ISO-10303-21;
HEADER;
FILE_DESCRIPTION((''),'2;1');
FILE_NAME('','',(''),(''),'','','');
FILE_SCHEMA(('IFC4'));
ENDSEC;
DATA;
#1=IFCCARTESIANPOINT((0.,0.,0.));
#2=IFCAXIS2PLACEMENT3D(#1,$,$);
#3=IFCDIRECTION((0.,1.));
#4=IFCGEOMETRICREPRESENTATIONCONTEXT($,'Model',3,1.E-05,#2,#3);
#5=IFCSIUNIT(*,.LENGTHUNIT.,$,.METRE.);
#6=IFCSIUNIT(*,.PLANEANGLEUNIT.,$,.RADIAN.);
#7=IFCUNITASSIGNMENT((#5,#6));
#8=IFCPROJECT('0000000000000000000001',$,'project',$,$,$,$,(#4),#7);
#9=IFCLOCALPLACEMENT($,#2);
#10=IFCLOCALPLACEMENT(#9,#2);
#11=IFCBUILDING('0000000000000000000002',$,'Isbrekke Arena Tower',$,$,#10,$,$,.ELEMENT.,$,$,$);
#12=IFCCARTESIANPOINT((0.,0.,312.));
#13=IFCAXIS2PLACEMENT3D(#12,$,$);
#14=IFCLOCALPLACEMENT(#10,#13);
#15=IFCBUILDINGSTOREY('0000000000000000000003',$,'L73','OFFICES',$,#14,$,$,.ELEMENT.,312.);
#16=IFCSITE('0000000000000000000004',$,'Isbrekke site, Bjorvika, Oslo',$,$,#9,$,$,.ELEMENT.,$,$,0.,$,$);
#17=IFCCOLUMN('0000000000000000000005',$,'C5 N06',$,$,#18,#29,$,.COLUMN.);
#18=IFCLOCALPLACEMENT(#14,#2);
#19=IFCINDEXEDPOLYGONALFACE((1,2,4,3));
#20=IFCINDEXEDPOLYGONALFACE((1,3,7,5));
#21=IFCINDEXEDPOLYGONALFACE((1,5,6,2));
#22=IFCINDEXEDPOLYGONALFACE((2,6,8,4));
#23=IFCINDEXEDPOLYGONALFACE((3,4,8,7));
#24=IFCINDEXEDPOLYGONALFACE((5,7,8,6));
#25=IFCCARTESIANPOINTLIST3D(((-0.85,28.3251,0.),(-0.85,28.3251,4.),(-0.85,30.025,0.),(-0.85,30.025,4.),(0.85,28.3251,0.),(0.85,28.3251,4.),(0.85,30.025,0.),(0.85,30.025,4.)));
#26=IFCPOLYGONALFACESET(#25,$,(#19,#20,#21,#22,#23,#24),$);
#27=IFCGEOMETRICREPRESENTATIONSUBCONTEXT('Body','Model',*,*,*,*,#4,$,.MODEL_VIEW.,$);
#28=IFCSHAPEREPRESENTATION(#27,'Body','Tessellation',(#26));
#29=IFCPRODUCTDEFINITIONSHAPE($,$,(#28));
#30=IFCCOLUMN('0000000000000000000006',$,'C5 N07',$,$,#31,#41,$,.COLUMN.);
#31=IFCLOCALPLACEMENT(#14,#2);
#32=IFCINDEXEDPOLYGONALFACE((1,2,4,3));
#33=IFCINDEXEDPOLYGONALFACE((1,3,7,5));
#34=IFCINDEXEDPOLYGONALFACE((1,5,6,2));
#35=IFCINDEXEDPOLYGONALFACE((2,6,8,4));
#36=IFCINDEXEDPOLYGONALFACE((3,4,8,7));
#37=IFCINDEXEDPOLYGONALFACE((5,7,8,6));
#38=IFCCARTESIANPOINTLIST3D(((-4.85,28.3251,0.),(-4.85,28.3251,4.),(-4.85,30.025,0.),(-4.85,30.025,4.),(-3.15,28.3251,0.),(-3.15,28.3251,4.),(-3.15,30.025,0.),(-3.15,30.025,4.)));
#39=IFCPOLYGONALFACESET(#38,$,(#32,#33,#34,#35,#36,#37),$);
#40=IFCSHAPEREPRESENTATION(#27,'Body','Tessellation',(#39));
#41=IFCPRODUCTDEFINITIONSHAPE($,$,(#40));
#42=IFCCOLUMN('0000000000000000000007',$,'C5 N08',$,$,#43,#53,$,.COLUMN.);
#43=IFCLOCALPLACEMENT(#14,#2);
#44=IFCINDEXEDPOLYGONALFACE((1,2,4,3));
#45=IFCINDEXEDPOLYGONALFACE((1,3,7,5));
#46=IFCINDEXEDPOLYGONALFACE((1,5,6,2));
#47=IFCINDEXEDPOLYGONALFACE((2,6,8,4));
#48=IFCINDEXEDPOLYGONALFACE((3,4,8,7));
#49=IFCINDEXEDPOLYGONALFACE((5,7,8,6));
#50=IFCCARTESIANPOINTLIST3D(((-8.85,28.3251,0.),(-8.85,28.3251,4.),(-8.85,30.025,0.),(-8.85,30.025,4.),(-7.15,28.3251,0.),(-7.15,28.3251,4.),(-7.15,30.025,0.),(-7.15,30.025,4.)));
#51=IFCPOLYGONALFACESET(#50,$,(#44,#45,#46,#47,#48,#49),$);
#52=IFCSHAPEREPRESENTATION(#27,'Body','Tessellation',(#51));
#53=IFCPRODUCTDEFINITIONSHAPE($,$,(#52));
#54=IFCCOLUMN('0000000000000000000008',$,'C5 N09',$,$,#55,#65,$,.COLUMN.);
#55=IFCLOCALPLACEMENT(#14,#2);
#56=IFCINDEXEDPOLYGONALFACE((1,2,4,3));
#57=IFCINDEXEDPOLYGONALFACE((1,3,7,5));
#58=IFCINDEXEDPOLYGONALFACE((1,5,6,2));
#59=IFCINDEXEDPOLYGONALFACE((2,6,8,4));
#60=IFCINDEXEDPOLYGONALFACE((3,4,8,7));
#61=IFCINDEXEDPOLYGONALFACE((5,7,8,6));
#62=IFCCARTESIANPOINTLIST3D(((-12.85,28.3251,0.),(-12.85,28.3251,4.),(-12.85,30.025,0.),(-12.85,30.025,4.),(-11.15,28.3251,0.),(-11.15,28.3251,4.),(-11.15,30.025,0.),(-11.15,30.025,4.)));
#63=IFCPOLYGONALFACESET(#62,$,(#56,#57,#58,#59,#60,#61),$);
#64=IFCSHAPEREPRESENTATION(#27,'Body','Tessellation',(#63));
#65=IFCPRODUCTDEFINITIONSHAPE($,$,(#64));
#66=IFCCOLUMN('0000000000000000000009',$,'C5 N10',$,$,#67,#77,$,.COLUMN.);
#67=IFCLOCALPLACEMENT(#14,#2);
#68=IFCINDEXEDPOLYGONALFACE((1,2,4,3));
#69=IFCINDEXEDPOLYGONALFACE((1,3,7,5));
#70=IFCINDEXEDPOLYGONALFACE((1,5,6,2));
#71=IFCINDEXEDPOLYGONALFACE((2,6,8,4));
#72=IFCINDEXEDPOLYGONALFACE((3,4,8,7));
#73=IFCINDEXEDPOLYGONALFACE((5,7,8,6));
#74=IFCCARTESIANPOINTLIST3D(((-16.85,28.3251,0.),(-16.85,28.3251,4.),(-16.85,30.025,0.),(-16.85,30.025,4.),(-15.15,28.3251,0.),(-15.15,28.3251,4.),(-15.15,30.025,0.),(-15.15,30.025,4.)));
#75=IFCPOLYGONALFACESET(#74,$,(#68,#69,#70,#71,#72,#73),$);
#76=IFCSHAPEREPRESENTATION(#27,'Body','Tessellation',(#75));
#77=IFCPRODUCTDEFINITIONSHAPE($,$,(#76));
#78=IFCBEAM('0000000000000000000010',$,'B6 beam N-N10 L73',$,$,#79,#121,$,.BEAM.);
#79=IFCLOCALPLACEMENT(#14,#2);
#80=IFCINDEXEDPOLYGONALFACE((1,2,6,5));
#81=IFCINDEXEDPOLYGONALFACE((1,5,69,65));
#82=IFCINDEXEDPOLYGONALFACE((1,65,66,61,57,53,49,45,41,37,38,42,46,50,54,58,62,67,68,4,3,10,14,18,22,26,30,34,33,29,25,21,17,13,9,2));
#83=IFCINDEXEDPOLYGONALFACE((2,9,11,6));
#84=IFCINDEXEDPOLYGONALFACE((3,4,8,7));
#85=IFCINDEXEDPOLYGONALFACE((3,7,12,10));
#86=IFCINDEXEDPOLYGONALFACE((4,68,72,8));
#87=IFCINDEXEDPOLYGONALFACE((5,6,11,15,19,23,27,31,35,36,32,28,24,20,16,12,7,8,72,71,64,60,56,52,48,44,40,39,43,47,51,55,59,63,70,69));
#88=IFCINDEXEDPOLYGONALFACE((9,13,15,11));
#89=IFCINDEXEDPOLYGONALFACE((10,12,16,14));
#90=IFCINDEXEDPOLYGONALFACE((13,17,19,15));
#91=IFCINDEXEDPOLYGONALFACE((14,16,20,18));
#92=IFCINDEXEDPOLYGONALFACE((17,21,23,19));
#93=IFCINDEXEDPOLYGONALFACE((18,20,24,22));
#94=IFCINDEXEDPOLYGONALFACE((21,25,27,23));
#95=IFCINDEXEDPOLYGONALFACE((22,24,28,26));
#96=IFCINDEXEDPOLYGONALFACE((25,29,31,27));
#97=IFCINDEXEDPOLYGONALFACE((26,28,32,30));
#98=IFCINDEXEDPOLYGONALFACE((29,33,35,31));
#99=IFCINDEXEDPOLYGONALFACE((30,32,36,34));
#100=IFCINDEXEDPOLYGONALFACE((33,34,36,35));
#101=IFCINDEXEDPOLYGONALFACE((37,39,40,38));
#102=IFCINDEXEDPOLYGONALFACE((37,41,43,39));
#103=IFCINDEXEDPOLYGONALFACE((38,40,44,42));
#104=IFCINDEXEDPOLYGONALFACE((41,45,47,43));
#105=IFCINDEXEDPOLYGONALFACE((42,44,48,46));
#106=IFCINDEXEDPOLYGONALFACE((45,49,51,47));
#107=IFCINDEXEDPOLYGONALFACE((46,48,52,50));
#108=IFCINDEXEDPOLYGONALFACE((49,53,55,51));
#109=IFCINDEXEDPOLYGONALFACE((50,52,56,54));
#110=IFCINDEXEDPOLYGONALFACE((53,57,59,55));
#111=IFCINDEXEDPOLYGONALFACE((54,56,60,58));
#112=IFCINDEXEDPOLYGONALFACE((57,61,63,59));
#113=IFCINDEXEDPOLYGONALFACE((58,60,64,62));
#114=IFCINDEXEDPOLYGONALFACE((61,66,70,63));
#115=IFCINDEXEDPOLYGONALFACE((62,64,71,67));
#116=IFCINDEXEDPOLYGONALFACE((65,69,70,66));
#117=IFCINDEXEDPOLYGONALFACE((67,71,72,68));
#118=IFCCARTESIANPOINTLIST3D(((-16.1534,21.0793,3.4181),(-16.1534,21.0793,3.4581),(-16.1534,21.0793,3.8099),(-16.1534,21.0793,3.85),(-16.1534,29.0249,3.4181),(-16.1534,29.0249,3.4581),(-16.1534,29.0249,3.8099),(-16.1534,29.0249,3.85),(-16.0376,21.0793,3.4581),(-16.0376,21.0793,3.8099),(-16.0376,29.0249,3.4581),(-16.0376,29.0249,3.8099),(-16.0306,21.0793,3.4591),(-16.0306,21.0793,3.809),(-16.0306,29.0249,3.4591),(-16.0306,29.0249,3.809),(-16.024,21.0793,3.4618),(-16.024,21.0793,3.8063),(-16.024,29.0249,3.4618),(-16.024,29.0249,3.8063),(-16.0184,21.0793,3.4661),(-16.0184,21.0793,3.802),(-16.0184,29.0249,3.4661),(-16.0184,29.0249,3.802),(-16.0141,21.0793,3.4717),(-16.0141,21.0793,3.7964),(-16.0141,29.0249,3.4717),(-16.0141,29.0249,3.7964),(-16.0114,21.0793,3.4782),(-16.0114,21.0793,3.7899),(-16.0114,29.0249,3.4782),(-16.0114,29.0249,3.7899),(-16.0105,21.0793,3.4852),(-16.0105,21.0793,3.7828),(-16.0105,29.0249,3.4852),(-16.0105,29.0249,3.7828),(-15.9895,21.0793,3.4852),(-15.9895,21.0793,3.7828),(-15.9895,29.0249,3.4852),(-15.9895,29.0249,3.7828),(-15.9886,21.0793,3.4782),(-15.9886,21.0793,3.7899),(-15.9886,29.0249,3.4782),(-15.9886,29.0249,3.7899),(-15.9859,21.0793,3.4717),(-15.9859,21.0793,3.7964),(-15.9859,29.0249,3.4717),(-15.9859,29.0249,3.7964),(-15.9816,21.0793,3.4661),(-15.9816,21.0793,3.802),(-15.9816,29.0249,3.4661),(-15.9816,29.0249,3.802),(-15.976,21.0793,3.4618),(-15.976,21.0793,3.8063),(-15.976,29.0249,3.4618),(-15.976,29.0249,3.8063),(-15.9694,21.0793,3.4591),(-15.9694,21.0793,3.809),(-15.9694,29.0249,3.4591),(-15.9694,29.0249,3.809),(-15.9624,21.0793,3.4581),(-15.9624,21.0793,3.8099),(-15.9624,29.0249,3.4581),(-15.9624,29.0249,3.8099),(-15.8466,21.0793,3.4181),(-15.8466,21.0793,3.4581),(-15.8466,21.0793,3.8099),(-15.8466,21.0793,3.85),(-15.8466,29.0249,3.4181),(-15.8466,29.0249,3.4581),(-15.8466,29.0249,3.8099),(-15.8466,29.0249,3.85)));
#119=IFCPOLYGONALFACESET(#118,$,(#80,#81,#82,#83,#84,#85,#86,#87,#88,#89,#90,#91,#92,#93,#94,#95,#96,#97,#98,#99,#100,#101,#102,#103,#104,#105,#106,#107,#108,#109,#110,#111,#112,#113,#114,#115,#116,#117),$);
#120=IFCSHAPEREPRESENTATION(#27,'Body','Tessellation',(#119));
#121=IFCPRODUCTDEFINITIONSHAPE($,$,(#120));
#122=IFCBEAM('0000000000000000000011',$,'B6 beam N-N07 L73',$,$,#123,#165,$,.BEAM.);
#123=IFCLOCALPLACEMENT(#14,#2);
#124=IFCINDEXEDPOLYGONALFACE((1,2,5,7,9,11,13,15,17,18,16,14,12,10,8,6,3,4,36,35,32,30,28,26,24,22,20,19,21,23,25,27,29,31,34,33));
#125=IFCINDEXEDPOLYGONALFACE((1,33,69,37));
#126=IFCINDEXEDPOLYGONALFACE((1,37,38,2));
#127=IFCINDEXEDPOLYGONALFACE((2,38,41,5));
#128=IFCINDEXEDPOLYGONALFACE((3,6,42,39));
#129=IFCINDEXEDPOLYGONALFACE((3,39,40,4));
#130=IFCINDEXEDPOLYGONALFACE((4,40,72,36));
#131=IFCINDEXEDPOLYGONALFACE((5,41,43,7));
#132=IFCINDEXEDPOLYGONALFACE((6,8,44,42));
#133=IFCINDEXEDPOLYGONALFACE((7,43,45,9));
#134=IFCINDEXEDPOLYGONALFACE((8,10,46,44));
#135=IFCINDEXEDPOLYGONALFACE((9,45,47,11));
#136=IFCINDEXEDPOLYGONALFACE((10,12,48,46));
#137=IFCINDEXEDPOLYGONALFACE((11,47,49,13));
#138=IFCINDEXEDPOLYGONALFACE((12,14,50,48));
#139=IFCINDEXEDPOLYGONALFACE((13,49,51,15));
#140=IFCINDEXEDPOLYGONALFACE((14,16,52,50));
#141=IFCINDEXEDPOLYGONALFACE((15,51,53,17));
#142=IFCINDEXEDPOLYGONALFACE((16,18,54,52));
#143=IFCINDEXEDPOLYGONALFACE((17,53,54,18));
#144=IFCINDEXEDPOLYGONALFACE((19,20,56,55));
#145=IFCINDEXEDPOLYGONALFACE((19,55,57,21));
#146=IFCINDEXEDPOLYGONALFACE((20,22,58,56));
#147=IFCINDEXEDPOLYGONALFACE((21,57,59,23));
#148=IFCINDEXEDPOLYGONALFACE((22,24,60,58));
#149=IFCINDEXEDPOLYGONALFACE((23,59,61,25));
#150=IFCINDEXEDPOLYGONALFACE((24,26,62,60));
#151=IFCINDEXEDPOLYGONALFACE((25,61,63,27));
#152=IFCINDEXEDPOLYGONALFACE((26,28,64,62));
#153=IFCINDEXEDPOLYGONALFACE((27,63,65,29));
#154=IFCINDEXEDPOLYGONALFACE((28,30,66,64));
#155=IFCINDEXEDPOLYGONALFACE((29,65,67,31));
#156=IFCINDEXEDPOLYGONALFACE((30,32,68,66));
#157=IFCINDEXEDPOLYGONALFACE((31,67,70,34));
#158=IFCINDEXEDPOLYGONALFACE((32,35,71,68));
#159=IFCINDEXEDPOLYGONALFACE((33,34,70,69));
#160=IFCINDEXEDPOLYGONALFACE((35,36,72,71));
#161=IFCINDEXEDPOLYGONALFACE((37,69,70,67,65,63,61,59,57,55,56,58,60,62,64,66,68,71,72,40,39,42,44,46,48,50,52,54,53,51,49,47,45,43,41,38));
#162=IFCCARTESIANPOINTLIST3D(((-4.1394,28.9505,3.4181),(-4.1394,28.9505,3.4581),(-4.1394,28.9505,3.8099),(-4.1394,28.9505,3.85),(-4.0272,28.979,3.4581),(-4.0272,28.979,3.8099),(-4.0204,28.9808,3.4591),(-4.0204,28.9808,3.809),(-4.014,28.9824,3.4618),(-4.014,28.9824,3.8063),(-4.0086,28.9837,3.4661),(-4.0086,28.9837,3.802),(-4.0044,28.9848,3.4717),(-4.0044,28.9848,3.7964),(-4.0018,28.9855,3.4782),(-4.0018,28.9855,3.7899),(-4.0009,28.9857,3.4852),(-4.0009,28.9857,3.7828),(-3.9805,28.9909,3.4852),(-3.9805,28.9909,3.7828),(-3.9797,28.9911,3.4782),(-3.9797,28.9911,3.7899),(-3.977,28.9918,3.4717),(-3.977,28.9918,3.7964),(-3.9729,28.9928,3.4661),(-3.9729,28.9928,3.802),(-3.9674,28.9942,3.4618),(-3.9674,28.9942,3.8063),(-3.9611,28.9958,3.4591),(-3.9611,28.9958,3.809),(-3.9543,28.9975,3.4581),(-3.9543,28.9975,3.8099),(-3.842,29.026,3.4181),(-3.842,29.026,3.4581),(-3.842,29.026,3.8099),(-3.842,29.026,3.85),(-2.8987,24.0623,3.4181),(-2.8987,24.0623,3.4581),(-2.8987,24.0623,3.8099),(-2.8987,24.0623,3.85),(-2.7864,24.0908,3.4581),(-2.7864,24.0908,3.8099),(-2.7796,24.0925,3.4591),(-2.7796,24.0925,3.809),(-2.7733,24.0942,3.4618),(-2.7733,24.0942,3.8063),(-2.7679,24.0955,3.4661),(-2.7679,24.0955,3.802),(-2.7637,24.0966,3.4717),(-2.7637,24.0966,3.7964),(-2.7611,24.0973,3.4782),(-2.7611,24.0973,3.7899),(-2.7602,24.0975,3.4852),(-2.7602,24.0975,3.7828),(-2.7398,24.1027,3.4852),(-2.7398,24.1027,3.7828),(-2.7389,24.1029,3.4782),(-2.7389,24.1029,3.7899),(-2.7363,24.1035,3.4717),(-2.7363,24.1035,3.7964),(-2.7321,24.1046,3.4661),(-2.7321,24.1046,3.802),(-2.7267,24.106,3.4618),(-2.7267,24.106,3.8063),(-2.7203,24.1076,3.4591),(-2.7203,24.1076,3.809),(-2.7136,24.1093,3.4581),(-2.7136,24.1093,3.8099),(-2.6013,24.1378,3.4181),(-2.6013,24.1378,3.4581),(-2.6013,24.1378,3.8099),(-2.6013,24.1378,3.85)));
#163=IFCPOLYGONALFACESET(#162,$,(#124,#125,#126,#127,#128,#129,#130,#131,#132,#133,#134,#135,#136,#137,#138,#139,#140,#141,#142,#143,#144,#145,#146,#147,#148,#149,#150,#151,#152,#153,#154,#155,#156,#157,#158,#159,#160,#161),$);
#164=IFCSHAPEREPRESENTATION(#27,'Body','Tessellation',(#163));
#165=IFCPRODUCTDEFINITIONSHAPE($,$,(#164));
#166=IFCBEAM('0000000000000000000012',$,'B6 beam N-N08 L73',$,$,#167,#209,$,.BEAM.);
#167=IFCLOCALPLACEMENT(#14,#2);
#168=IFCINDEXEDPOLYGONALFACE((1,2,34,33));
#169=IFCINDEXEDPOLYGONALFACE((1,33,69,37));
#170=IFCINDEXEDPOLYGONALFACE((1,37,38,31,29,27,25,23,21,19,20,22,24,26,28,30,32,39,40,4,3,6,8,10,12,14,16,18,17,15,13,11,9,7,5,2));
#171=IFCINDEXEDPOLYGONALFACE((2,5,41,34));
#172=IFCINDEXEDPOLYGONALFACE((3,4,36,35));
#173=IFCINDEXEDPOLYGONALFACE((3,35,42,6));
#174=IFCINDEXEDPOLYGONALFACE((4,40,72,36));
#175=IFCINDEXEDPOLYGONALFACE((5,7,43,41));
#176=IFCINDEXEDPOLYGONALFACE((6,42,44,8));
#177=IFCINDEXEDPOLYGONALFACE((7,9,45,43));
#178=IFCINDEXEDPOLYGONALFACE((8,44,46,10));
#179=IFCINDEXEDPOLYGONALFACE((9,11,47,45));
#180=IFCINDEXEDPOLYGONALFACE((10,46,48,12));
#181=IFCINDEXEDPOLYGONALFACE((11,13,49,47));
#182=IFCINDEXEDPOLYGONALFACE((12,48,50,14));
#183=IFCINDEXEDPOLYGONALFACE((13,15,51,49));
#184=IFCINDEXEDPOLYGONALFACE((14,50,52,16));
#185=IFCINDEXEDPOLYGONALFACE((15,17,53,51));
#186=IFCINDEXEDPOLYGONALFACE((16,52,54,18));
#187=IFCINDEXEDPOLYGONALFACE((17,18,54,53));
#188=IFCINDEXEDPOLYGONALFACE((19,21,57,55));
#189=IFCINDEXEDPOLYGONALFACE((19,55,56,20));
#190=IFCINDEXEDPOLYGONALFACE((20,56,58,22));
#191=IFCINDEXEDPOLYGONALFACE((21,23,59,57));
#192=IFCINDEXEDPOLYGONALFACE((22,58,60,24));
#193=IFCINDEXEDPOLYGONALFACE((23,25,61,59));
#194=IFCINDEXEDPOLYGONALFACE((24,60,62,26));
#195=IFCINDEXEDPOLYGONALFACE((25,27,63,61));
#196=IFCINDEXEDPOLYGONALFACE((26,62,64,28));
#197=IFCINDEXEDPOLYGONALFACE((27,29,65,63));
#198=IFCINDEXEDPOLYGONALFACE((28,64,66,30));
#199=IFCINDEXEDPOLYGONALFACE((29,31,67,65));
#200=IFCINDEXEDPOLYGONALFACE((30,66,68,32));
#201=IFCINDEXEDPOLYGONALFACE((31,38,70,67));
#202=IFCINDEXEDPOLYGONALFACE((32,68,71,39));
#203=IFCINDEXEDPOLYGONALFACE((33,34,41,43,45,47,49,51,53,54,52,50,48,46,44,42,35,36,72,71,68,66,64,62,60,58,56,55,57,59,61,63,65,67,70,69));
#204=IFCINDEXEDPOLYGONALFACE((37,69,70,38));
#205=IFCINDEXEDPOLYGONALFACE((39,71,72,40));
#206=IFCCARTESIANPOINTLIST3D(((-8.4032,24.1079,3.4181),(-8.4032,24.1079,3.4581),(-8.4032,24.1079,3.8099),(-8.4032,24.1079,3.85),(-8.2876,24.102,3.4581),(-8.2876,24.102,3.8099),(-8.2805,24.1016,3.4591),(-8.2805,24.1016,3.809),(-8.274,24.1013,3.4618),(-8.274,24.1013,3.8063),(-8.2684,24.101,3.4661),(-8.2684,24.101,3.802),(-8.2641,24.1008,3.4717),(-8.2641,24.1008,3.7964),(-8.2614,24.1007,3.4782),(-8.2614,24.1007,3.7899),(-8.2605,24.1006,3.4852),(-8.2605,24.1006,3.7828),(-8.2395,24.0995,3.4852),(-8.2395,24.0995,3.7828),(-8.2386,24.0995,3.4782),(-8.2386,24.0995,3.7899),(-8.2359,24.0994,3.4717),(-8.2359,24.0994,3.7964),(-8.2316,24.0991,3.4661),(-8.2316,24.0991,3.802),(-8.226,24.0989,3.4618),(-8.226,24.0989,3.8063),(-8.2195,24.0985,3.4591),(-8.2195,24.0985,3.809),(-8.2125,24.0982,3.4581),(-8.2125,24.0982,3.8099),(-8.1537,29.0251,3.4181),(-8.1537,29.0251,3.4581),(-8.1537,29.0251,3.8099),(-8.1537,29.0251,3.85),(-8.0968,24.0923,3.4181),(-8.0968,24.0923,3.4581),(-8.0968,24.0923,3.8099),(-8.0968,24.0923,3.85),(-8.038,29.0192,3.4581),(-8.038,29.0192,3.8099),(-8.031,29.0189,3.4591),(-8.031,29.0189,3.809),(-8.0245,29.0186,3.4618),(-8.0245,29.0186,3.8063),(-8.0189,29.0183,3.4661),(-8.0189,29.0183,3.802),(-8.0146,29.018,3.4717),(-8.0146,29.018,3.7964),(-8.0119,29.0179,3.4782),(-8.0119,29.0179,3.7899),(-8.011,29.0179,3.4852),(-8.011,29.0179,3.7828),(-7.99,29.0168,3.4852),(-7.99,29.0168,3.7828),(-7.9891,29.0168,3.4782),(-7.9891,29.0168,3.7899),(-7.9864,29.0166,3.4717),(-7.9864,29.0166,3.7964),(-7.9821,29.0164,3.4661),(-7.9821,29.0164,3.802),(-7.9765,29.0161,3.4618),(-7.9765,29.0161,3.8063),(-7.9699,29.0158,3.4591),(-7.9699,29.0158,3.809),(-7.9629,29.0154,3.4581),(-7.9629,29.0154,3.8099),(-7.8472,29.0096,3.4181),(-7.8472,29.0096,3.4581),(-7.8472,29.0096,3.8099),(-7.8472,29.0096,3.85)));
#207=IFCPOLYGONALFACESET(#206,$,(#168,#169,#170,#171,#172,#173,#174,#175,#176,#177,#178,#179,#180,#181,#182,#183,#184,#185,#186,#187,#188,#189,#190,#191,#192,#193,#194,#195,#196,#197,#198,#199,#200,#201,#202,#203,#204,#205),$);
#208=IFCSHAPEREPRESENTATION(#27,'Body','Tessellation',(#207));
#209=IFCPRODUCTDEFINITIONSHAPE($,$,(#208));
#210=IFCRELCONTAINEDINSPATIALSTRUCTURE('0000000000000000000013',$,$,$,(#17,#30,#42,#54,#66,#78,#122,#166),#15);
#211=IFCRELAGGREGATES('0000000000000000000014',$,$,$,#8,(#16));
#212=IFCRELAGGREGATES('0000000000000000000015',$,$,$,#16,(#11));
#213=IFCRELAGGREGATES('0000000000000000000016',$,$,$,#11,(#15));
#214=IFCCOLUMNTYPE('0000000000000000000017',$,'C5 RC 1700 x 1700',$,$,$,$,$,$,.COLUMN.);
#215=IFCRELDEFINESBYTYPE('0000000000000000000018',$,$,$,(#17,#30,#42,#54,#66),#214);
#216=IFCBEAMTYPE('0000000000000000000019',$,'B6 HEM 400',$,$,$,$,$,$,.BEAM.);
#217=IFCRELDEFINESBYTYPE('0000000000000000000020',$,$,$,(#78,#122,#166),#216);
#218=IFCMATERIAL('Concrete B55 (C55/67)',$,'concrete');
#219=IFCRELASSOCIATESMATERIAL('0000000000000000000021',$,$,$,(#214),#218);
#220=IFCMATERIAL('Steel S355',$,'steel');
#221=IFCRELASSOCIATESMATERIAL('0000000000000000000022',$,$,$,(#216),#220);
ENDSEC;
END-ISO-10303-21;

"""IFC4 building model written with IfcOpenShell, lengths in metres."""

from ifc_helpers import new_model, si_unit, direction, frame, origin, origin_2d, place, context, subcontext, project, spatial, rectangle, i_section, extrude, material, material_profile, profile_set, type_object, element, save


model = new_model("IFC4")

# Units and contexts
model_context = context("Model", 3, precision=1e-05, world=origin(), true_north=direction((0.0, 1.0)))
body_context = subcontext(model_context, "Body", "Model", "MODEL_VIEW")
ifc_project = project(units=[si_unit("LENGTHUNIT", "METRE"), si_unit("PLANEANGLEUNIT", "RADIAN")], contexts=[model_context])

# Site, building, storey
site_placement = place(None, origin())
site = spatial("IfcSite", under=ifc_project, at=site_placement, Name="Isbrekke site, Bjorvika, Oslo", CompositionType="ELEMENT", RefElevation=0.0)
building_placement = place(site_placement, origin())
building = spatial("IfcBuilding", under=site, at=building_placement, Name="Isbrekke Arena Tower", CompositionType="ELEMENT")
storey_placement = place(building_placement, frame((0.0, 0.0, 312.0)))
storey = spatial("IfcBuildingStorey", under=building, at=storey_placement, Name="L73", Description="OFFICES", CompositionType="ELEMENT", Elevation=312.0)

# Columns
ifc_material_1 = material(Name="Concrete B55 (C55/67)", Category="concrete")
ifc_material_profile_1 = material_profile(ifc_material_1, rectangle(XDim=1.7, YDim=1.7, at=origin_2d()), Name="RC 1700x1700")
ifc_profile_set_1 = profile_set([ifc_material_profile_1], Name="Concrete B55 (C55/67)")
column_type = type_object("IfcColumnType", Name="C5 RC 1700 x 1700", PredefinedType="COLUMN", material=ifc_profile_set_1)
for number, where, z_axis, x_axis, name in (
    (1, (0.0, 29.175, 0.0), (0.0, 0.0, 1.0), (-1.0, 0.0, 0.0), "C5 N06"),
    (2, (-4.0, 29.175, 0.0), (0.0, 0.0, 1.0), (-1.0, 0.0, 0.0), "C5 N07"),
    (3, (-8.0, 29.175, 0.0), (0.0, 0.0, 1.0), (-1.0, 0.0, 0.0), "C5 N08"),
    (4, (-12.0, 29.175, 0.0), (0.0, 0.0, 1.0), (-1.0, 0.0, 0.0), "C5 N09"),
    (5, (-16.0, 29.175, 0.0), (0.0, 0.0, 1.0), (-1.0, 0.0, 0.0), "C5 N10"),
):
    element("IfcColumn", number, at=place(storey_placement, frame(where, z_axis=z_axis, x_axis=x_axis)), inside=storey, type_object=column_type, Name=name, PredefinedType="COLUMN", context=body_context, shape_type="SweptSolid", body=[
        extrude(rectangle(XDim=1.7, YDim=1.7, at=origin_2d()), origin(), (0.0, 0.0, 1.0), 4.0),
    ])

# Beams
ifc_material_2 = material(Name="Steel S355", Category="steel")
ifc_material_profile_2 = material_profile(ifc_material_2, i_section(OverallWidth=0.3069, OverallDepth=0.4319, WebThickness=0.021, FlangeThickness=0.04, FilletRadius=0.0271, at=origin_2d()), Name="HEM 400")
ifc_profile_set_2 = profile_set([ifc_material_profile_2], Name="Steel S355")
beam_type_1 = type_object("IfcBeamType", Name="B6 HEM 400", PredefinedType="BEAM", material=ifc_profile_set_2)
beam_1_placement = place(storey_placement, frame((-16.0, 29.0249, 3.634), z_axis=(0.0, -1.0, 0.0), x_axis=(1.0, 0.0, 0.0)))
element("IfcBeam", 6, at=beam_1_placement, inside=storey, type_object=beam_type_1, Name="B6 beam N-N10 L73", PredefinedType="BEAM", context=body_context, shape_type="SweptSolid", body=[
    extrude(i_section(OverallWidth=0.3069, OverallDepth=0.4319, WebThickness=0.021, FlangeThickness=0.04, FilletRadius=0.0271, at=origin_2d()), origin(), (0.0, 0.0, 1.0), 7.9456),
])
beam_2_placement = place(storey_placement, frame((-3.9907, 28.9883, 3.634), z_axis=(0.24602, -0.969265, 0.0), x_axis=(0.969265, 0.24602, 0.0)))
element("IfcBeam", 7, at=beam_2_placement, inside=storey, type_object=beam_type_1, Name="B6 beam N-N07 L73", PredefinedType="BEAM", context=body_context, shape_type="SweptSolid", body=[
    extrude(i_section(OverallWidth=0.3069, OverallDepth=0.4319, WebThickness=0.021, FlangeThickness=0.04, FilletRadius=0.0271, at=origin_2d()), origin(), (0.0, 0.0, 1.0), 5.0432),
])
beam_3_placement = place(storey_placement, frame((-8.0005, 29.0173, 3.634), z_axis=(-0.050677, -0.998715, 0.0), x_axis=(0.998715, -0.050677, 0.0)))
element("IfcBeam", 8, at=beam_3_placement, inside=storey, type_object=beam_type_1, Name="B6 beam N-N08 L73", PredefinedType="BEAM", context=body_context, shape_type="SweptSolid", body=[
    extrude(i_section(OverallWidth=0.3069, OverallDepth=0.4319, WebThickness=0.021, FlangeThickness=0.04, FilletRadius=0.0271, at=origin_2d()), origin(), (0.0, 0.0, 1.0), 4.9236),
])

save(model, "model.ifc")
